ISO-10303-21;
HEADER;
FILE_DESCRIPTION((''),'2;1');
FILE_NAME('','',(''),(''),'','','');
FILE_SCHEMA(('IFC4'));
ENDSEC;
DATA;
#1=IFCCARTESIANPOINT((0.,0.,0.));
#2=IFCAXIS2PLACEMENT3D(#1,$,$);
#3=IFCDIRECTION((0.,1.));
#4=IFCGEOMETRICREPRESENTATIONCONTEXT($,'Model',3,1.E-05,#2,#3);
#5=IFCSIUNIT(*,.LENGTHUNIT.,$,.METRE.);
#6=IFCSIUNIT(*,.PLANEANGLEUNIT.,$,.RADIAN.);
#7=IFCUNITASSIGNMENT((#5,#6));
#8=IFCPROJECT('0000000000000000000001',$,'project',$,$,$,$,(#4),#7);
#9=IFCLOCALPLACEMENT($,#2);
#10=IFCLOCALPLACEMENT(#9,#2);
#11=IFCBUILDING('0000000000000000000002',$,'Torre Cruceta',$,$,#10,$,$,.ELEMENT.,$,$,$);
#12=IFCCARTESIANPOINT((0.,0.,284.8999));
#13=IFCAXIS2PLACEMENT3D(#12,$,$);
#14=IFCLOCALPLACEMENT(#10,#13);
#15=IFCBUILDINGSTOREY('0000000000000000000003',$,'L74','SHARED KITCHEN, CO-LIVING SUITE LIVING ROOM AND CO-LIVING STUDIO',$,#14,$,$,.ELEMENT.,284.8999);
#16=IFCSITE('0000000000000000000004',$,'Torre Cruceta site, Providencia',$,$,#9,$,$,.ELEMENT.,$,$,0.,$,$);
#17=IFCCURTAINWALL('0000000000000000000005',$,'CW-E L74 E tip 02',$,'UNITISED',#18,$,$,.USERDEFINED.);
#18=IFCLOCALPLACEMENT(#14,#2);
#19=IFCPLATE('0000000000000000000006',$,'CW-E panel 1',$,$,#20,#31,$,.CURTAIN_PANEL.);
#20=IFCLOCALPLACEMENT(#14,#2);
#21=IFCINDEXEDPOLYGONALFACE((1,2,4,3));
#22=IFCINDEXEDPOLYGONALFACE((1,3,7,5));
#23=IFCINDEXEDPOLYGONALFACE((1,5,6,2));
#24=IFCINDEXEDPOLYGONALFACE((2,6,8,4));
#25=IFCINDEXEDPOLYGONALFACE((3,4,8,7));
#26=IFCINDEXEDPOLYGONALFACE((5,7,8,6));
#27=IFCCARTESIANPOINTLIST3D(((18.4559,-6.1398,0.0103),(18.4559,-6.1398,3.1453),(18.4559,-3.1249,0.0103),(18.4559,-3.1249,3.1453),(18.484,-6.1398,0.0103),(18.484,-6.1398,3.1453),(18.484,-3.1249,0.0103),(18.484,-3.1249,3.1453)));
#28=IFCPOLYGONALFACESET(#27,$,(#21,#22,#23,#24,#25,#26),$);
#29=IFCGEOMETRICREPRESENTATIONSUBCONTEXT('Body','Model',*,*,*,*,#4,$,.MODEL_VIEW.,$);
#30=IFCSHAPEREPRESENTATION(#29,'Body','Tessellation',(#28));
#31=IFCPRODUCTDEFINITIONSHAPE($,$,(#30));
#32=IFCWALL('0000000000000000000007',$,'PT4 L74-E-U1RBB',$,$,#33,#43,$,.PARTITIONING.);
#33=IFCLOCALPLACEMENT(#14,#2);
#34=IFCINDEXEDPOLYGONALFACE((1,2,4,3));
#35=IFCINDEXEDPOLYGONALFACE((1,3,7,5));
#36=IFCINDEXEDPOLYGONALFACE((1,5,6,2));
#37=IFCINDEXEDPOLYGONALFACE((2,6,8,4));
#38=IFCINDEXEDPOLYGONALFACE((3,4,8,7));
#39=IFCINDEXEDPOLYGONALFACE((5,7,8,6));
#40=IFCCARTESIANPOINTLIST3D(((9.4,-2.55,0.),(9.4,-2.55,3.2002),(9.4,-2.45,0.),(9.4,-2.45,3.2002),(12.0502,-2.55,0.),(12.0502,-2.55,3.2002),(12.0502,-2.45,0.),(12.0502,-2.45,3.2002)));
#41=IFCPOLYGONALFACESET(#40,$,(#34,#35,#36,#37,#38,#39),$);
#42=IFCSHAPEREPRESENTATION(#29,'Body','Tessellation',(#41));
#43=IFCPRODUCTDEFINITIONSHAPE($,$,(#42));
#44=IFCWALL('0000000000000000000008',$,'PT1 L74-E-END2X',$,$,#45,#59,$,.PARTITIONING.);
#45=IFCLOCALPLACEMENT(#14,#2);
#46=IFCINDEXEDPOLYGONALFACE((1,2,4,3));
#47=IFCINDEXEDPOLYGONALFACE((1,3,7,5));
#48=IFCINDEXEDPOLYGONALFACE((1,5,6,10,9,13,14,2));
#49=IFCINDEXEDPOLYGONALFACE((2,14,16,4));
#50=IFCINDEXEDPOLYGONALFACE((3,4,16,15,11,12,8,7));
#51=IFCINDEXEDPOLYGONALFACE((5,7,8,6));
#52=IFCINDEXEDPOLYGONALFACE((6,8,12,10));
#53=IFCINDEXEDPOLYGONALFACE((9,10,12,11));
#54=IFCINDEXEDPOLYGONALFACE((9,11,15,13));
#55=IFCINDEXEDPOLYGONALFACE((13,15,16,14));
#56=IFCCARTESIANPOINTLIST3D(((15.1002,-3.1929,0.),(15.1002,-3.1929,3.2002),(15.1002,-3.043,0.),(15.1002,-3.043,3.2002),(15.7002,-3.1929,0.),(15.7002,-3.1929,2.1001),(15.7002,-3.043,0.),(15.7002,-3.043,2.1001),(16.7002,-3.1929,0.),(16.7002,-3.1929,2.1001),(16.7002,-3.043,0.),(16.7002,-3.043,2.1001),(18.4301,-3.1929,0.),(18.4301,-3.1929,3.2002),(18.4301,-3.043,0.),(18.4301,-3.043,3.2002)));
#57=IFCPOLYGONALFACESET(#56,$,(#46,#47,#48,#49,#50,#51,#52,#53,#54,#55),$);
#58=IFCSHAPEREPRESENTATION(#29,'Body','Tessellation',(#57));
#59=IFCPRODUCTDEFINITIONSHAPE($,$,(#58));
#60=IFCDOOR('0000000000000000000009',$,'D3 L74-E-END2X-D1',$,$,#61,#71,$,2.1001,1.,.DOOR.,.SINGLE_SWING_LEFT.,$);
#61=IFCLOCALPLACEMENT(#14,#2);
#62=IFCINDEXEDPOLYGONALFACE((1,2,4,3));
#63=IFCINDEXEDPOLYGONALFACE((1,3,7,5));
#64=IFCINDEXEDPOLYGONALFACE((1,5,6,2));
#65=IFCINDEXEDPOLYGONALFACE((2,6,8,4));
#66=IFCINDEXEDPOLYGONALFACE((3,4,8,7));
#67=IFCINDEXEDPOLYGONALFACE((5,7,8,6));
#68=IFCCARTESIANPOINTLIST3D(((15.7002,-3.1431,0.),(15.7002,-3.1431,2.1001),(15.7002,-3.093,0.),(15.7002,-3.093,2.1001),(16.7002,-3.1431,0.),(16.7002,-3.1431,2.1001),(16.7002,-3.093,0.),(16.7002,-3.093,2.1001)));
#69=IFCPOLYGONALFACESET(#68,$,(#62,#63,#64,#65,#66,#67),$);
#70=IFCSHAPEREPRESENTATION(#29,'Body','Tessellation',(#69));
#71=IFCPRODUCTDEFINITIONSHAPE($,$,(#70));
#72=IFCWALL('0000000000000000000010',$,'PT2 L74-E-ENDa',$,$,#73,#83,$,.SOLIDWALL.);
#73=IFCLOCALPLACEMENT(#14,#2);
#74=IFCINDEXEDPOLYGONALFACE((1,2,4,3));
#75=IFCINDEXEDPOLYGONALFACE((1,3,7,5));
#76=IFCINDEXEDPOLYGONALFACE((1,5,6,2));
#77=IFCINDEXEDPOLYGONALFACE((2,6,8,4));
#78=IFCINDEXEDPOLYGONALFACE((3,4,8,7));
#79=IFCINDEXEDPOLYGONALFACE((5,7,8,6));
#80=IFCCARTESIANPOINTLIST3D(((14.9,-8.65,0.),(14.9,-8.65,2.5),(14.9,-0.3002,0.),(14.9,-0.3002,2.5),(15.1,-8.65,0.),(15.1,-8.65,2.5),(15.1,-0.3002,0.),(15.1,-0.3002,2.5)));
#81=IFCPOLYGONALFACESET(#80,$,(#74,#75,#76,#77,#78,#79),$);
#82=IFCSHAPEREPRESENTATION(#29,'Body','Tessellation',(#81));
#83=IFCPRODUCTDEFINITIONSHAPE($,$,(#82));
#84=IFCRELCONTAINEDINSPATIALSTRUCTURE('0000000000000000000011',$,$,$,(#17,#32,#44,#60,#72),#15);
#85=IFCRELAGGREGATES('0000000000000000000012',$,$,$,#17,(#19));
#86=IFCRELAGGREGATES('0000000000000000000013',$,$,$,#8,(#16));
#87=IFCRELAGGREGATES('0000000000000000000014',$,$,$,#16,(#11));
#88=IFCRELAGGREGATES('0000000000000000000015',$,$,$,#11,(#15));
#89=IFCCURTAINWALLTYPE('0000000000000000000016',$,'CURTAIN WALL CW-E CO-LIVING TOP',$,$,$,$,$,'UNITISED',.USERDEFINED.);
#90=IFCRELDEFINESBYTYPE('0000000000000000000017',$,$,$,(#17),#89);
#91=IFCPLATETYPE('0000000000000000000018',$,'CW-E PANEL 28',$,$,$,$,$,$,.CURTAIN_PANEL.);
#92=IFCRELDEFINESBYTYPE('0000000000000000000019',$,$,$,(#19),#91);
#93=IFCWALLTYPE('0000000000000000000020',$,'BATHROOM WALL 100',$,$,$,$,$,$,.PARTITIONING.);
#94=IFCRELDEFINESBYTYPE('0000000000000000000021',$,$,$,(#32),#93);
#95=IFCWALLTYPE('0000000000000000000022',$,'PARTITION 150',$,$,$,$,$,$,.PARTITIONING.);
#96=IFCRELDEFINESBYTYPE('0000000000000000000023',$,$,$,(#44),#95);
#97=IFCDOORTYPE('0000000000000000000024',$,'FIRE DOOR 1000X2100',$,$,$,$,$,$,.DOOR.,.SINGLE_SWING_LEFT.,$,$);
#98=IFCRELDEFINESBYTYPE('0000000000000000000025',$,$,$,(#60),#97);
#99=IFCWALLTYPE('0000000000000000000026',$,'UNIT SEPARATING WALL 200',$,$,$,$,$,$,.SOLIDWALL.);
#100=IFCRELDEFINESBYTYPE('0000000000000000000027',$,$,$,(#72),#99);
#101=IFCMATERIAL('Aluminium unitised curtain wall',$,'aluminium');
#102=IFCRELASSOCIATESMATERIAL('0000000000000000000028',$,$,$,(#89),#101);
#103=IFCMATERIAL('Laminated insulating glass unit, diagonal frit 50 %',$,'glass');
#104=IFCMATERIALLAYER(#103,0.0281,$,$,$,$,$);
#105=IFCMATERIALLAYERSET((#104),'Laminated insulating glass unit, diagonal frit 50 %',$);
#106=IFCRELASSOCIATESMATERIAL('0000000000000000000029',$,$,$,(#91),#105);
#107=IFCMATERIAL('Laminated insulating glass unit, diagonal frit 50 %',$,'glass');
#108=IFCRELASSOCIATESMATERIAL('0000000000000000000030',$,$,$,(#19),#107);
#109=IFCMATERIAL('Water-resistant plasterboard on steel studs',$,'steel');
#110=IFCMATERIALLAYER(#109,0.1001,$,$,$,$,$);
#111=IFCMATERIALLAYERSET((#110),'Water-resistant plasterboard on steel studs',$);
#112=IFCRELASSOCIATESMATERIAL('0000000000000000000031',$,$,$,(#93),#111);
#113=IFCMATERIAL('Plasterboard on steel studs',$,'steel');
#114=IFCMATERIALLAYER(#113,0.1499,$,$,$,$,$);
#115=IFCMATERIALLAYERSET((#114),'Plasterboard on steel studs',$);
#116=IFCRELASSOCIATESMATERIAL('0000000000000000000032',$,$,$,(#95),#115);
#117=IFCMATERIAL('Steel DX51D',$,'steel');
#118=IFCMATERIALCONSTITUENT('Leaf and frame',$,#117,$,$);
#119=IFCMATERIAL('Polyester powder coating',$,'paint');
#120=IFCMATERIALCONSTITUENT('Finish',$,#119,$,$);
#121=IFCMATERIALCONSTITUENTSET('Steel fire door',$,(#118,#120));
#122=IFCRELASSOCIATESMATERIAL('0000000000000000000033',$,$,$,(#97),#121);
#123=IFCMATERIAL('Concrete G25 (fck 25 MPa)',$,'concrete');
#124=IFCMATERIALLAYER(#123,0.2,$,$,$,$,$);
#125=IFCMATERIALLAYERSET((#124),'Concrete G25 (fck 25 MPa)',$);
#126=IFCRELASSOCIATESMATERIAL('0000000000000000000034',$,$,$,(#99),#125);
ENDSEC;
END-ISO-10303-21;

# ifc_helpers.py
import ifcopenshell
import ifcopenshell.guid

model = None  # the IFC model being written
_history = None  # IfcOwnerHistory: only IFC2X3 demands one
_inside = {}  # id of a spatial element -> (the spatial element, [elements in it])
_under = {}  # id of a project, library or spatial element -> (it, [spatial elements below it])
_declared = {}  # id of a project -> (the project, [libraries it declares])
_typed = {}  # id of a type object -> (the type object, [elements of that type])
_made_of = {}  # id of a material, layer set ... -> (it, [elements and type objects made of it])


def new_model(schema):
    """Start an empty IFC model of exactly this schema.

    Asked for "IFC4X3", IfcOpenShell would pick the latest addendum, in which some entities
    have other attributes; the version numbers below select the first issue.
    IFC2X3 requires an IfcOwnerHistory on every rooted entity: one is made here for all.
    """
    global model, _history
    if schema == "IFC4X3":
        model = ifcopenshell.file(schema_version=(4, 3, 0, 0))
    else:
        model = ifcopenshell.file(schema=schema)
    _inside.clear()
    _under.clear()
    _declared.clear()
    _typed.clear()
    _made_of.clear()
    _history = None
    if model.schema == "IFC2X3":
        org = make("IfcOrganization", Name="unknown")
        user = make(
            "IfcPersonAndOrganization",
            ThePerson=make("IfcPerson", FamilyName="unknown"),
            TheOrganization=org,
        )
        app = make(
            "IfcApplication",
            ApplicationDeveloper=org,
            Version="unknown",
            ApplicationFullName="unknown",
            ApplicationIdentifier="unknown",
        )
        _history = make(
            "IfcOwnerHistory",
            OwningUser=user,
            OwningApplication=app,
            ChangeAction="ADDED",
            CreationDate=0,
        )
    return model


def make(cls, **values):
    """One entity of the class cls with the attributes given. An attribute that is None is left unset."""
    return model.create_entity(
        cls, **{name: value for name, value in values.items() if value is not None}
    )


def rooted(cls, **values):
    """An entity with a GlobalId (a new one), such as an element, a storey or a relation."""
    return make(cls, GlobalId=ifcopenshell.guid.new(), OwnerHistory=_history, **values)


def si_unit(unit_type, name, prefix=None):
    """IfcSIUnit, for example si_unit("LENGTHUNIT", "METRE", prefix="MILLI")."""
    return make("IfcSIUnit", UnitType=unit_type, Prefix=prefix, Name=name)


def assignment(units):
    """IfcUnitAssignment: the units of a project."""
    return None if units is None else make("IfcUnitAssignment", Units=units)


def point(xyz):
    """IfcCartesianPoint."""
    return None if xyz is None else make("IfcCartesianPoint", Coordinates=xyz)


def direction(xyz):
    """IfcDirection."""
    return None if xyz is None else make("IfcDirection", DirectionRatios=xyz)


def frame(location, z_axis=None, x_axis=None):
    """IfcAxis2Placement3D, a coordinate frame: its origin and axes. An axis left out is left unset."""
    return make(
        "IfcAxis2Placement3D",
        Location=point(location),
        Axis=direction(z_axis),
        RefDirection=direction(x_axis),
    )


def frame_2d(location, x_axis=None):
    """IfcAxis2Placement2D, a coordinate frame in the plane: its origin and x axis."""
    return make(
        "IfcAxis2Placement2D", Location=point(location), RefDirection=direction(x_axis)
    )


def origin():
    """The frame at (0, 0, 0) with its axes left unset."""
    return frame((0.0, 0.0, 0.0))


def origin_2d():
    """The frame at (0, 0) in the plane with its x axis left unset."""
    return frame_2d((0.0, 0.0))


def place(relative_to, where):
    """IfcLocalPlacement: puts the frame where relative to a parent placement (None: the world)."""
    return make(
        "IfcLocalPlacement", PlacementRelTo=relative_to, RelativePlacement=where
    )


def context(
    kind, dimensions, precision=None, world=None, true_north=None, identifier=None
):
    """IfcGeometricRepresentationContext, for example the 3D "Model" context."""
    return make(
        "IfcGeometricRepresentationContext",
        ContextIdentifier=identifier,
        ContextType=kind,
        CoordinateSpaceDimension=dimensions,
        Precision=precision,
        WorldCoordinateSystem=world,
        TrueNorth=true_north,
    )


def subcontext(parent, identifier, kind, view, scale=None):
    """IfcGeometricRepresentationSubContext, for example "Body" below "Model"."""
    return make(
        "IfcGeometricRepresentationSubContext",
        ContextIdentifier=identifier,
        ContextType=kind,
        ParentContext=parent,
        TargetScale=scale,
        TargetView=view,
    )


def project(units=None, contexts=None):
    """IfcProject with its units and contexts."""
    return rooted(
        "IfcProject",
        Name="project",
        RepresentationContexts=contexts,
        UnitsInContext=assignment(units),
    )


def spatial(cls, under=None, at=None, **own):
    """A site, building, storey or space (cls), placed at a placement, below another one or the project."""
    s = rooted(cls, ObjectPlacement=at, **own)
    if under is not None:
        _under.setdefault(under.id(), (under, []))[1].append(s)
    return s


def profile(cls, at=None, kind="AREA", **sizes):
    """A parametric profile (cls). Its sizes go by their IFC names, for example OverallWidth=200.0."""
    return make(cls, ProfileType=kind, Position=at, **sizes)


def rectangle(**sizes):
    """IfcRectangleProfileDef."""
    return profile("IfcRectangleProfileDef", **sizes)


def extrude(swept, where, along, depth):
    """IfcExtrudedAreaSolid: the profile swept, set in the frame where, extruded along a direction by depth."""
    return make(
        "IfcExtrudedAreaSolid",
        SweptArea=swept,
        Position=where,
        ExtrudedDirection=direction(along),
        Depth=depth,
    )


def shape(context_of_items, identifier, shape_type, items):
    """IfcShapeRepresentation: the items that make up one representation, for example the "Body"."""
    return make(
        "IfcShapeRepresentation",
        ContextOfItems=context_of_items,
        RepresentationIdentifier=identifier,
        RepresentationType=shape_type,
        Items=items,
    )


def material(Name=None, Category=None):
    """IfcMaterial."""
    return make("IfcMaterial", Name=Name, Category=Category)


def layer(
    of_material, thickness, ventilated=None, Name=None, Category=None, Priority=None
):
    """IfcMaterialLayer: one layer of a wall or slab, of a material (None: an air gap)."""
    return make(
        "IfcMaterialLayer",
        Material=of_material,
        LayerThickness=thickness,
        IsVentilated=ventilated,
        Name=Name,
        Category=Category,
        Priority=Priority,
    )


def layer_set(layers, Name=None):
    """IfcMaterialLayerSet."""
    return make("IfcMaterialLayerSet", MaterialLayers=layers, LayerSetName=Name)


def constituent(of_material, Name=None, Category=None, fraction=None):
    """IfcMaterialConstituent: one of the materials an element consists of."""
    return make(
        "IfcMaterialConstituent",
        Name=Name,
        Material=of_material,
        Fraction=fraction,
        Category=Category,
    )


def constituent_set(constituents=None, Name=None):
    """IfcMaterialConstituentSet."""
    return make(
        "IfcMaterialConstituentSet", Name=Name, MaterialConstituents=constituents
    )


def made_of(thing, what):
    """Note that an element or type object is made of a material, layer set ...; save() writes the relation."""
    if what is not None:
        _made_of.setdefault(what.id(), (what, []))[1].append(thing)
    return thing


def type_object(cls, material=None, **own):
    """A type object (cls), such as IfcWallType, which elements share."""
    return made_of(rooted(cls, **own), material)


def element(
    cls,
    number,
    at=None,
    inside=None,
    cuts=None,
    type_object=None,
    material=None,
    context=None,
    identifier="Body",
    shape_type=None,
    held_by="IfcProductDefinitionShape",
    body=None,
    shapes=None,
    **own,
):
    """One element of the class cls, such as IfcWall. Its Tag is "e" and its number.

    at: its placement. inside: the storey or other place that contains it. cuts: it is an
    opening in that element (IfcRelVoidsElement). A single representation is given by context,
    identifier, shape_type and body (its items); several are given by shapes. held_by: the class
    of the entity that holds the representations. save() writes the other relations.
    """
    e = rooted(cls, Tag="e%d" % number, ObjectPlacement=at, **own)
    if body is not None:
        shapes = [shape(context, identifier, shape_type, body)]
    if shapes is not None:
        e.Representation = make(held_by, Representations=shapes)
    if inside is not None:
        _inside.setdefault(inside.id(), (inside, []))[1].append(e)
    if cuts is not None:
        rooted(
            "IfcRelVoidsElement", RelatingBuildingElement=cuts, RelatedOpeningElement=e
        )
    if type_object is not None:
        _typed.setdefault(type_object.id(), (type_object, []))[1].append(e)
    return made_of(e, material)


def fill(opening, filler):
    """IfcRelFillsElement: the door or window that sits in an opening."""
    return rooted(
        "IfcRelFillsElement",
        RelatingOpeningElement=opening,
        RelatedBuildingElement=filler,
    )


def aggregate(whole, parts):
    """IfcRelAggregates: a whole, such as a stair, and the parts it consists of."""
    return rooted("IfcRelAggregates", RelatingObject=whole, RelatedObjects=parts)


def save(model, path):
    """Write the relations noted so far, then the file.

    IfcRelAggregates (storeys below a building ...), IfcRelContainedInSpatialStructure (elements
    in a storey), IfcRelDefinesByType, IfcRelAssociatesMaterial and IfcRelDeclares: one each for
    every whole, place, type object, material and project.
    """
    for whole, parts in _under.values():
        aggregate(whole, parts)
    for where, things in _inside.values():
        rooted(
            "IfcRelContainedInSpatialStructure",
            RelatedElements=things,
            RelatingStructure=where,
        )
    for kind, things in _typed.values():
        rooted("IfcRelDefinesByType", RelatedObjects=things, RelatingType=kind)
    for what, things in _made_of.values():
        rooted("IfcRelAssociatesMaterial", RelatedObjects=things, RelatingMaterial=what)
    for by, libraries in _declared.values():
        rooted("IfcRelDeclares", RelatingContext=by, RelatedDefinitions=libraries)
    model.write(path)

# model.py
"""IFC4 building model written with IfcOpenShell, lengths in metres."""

from ifc_helpers import new_model, si_unit, direction, frame, frame_2d, origin, origin_2d, place, context, subcontext, project, spatial, rectangle, extrude, material, layer, layer_set, constituent, constituent_set, type_object, element, fill, aggregate, save


model = new_model("IFC4")

# Units and contexts
model_context = context("Model", 3, precision=1e-05, world=origin(), true_north=direction((0.0, 1.0)))
body_context = subcontext(model_context, "Body", "Model", "MODEL_VIEW")
ifc_project = project(units=[si_unit("LENGTHUNIT", "METRE"), si_unit("PLANEANGLEUNIT", "RADIAN")], contexts=[model_context])

# Site, building, storey
site_placement = place(None, origin())
site = spatial("IfcSite", under=ifc_project, at=site_placement, Name="Torre Cruceta site, Providencia", CompositionType="ELEMENT", RefElevation=0.0)
building_placement = place(site_placement, origin())
building = spatial("IfcBuilding", under=site, at=building_placement, Name="Torre Cruceta", CompositionType="ELEMENT")
storey_placement = place(building_placement, frame((0.0, 0.0, 284.8999)))
storey = spatial("IfcBuildingStorey", under=building, at=storey_placement, Name="L74", Description="SHARED KITCHEN, CO-LIVING SUITE LIVING ROOM AND CO-LIVING STUDIO", CompositionType="ELEMENT", Elevation=284.8999)

# Curtain wall
ifc_material_1 = material(Name="Aluminium unitised curtain wall", Category="aluminium")
curtain_wall_type = type_object("IfcCurtainWallType", Name="CURTAIN WALL CW-E CO-LIVING TOP", ElementType="UNITISED", PredefinedType="USERDEFINED", material=ifc_material_1)
curtain_wall_placement = place(storey_placement, origin())
curtain_wall = element("IfcCurtainWall", 1, at=curtain_wall_placement, inside=storey, type_object=curtain_wall_type, Name="CW-E L74 E tip 02", ObjectType="UNITISED", PredefinedType="USERDEFINED")

# Plate
ifc_material_2 = material(Name="Laminated insulating glass unit, diagonal frit 50 %", Category="glass")
ifc_material_3 = material(Name="Laminated insulating glass unit, diagonal frit 50 %", Category="glass")
ifc_layer_1 = layer(ifc_material_3, 0.0281)
ifc_layer_set_1 = layer_set([ifc_layer_1], Name="Laminated insulating glass unit, diagonal frit 50 %")
plate_type_1 = type_object("IfcPlateType", Name="CW-E PANEL 28", PredefinedType="CURTAIN_PANEL", material=ifc_layer_set_1)
plate_1_placement = place(storey_placement, frame((18.47, -4.6323, 0.0103), z_axis=(0.0, 0.0, 1.0), x_axis=(0.0, 1.0, 0.0)))
plate_1 = element("IfcPlate", 2, at=plate_1_placement, type_object=plate_type_1, material=ifc_material_2, Name="CW-E panel 1", PredefinedType="CURTAIN_PANEL", context=body_context, shape_type="SweptSolid", body=[
    extrude(rectangle(XDim=3.0149, YDim=0.0281, at=origin_2d()), origin(), (0.0, 0.0, 1.0), 3.135),
])
aggregate(curtain_wall, [plate_1])

# Wall
ifc_material_4 = material(Name="Water-resistant plasterboard on steel studs", Category="steel")
ifc_layer_2 = layer(ifc_material_4, 0.1001)
ifc_layer_set_2 = layer_set([ifc_layer_2], Name="Water-resistant plasterboard on steel studs")
wall_type_1 = type_object("IfcWallType", Name="BATHROOM WALL 100", PredefinedType="PARTITIONING", material=ifc_layer_set_2)
wall_1_placement = place(storey_placement, frame((9.3999, -2.5, 0.0), z_axis=(0.0, 0.0, 1.0), x_axis=(1.0, 0.0, 0.0)))
element("IfcWall", 3, at=wall_1_placement, inside=storey, type_object=wall_type_1, Name="PT4 L74-E-U1RBB", PredefinedType="PARTITIONING", context=body_context, shape_type="SweptSolid", body=[
    extrude(rectangle(XDim=2.6501, YDim=0.1001, at=frame_2d((1.3252, 0.0))), origin(), (0.0, 0.0, 1.0), 3.2002),
])

# Wall, opening, door
ifc_material_5 = material(Name="Plasterboard on steel studs", Category="steel")
ifc_layer_3 = layer(ifc_material_5, 0.1499)
ifc_layer_set_3 = layer_set([ifc_layer_3], Name="Plasterboard on steel studs")
wall_type_2 = type_object("IfcWallType", Name="PARTITION 150", PredefinedType="PARTITIONING", material=ifc_layer_set_3)
wall_2_placement = place(storey_placement, frame((15.1001, -3.1179, 0.0), z_axis=(0.0, 0.0, 1.0), x_axis=(1.0, 0.0, 0.0)))
wall_2 = element("IfcWall", 4, at=wall_2_placement, inside=storey, type_object=wall_type_2, Name="PT1 L74-E-END2X", PredefinedType="PARTITIONING", context=body_context, shape_type="SweptSolid", body=[
    extrude(rectangle(XDim=3.3298, YDim=0.1499, at=frame_2d((1.665, 0.0))), origin(), (0.0, 0.0, 1.0), 3.2002),
])
opening_placement = place(wall_2_placement, frame((0.6001, 0.0, 0.0)))
opening = element("IfcOpeningElement", 5, at=opening_placement, cuts=wall_2, PredefinedType="OPENING", context=body_context, shape_type="SweptSolid", body=[
    extrude(rectangle(XDim=1.0, YDim=2.1001, at=frame_2d((0.5, 1.05))), frame((0.0, 0.085, 0.0), z_axis=(0.0, -1.0, 0.0), x_axis=(1.0, 0.0, 0.0)), (0.0, 0.0, 1.0), 0.1699),
])
ifc_material_6 = material(Name="Steel DX51D", Category="steel")
ifc_constituent_1 = constituent(ifc_material_6, Name="Leaf and frame")
ifc_material_7 = material(Name="Polyester powder coating", Category="paint")
ifc_constituent_2 = constituent(ifc_material_7, Name="Finish")
ifc_constituent_set = constituent_set(constituents=[ifc_constituent_1, ifc_constituent_2], Name="Steel fire door")
door_type = type_object("IfcDoorType", Name="FIRE DOOR 1000X2100", OperationType="SINGLE_SWING_LEFT", PredefinedType="DOOR", material=ifc_constituent_set)
door_placement = place(opening_placement, origin())
door = element("IfcDoor", 6, at=door_placement, inside=storey, type_object=door_type, Name="D3 L74-E-END2X-D1", OperationType="SINGLE_SWING_LEFT", OverallHeight=2.1001, OverallWidth=1.0, PredefinedType="DOOR", context=body_context, shape_type="SweptSolid", body=[
    extrude(rectangle(XDim=1.0, YDim=2.1001, at=frame_2d((0.5, 1.05))), frame((0.0, 0.0249, 0.0), z_axis=(0.0, -1.0, 0.0), x_axis=(1.0, 0.0, 0.0)), (0.0, 0.0, 1.0), 0.05),
])
fill(opening, door)

# Wall
ifc_material_8 = material(Name="Concrete G25 (fck 25 MPa)", Category="concrete")
ifc_layer_4 = layer(ifc_material_8, 0.2)
ifc_layer_set_4 = layer_set([ifc_layer_4], Name="Concrete G25 (fck 25 MPa)")
wall_type_3 = type_object("IfcWallType", Name="UNIT SEPARATING WALL 200", PredefinedType="SOLIDWALL", material=ifc_layer_set_4)
wall_3_placement = place(storey_placement, frame((15.0, -8.6499, 0.0), z_axis=(0.0, 0.0, 1.0), x_axis=(0.0, 1.0, 0.0)))
element("IfcWall", 7, at=wall_3_placement, inside=storey, type_object=wall_type_3, Name="PT2 L74-E-ENDa", PredefinedType="SOLIDWALL", context=body_context, shape_type="SweptSolid", body=[
    extrude(rectangle(XDim=8.3499, YDim=0.2, at=frame_2d((4.1748, 0.0))), origin(), (0.0, 0.0, 1.0), 2.5),
])

save(model, "model.ifc")
